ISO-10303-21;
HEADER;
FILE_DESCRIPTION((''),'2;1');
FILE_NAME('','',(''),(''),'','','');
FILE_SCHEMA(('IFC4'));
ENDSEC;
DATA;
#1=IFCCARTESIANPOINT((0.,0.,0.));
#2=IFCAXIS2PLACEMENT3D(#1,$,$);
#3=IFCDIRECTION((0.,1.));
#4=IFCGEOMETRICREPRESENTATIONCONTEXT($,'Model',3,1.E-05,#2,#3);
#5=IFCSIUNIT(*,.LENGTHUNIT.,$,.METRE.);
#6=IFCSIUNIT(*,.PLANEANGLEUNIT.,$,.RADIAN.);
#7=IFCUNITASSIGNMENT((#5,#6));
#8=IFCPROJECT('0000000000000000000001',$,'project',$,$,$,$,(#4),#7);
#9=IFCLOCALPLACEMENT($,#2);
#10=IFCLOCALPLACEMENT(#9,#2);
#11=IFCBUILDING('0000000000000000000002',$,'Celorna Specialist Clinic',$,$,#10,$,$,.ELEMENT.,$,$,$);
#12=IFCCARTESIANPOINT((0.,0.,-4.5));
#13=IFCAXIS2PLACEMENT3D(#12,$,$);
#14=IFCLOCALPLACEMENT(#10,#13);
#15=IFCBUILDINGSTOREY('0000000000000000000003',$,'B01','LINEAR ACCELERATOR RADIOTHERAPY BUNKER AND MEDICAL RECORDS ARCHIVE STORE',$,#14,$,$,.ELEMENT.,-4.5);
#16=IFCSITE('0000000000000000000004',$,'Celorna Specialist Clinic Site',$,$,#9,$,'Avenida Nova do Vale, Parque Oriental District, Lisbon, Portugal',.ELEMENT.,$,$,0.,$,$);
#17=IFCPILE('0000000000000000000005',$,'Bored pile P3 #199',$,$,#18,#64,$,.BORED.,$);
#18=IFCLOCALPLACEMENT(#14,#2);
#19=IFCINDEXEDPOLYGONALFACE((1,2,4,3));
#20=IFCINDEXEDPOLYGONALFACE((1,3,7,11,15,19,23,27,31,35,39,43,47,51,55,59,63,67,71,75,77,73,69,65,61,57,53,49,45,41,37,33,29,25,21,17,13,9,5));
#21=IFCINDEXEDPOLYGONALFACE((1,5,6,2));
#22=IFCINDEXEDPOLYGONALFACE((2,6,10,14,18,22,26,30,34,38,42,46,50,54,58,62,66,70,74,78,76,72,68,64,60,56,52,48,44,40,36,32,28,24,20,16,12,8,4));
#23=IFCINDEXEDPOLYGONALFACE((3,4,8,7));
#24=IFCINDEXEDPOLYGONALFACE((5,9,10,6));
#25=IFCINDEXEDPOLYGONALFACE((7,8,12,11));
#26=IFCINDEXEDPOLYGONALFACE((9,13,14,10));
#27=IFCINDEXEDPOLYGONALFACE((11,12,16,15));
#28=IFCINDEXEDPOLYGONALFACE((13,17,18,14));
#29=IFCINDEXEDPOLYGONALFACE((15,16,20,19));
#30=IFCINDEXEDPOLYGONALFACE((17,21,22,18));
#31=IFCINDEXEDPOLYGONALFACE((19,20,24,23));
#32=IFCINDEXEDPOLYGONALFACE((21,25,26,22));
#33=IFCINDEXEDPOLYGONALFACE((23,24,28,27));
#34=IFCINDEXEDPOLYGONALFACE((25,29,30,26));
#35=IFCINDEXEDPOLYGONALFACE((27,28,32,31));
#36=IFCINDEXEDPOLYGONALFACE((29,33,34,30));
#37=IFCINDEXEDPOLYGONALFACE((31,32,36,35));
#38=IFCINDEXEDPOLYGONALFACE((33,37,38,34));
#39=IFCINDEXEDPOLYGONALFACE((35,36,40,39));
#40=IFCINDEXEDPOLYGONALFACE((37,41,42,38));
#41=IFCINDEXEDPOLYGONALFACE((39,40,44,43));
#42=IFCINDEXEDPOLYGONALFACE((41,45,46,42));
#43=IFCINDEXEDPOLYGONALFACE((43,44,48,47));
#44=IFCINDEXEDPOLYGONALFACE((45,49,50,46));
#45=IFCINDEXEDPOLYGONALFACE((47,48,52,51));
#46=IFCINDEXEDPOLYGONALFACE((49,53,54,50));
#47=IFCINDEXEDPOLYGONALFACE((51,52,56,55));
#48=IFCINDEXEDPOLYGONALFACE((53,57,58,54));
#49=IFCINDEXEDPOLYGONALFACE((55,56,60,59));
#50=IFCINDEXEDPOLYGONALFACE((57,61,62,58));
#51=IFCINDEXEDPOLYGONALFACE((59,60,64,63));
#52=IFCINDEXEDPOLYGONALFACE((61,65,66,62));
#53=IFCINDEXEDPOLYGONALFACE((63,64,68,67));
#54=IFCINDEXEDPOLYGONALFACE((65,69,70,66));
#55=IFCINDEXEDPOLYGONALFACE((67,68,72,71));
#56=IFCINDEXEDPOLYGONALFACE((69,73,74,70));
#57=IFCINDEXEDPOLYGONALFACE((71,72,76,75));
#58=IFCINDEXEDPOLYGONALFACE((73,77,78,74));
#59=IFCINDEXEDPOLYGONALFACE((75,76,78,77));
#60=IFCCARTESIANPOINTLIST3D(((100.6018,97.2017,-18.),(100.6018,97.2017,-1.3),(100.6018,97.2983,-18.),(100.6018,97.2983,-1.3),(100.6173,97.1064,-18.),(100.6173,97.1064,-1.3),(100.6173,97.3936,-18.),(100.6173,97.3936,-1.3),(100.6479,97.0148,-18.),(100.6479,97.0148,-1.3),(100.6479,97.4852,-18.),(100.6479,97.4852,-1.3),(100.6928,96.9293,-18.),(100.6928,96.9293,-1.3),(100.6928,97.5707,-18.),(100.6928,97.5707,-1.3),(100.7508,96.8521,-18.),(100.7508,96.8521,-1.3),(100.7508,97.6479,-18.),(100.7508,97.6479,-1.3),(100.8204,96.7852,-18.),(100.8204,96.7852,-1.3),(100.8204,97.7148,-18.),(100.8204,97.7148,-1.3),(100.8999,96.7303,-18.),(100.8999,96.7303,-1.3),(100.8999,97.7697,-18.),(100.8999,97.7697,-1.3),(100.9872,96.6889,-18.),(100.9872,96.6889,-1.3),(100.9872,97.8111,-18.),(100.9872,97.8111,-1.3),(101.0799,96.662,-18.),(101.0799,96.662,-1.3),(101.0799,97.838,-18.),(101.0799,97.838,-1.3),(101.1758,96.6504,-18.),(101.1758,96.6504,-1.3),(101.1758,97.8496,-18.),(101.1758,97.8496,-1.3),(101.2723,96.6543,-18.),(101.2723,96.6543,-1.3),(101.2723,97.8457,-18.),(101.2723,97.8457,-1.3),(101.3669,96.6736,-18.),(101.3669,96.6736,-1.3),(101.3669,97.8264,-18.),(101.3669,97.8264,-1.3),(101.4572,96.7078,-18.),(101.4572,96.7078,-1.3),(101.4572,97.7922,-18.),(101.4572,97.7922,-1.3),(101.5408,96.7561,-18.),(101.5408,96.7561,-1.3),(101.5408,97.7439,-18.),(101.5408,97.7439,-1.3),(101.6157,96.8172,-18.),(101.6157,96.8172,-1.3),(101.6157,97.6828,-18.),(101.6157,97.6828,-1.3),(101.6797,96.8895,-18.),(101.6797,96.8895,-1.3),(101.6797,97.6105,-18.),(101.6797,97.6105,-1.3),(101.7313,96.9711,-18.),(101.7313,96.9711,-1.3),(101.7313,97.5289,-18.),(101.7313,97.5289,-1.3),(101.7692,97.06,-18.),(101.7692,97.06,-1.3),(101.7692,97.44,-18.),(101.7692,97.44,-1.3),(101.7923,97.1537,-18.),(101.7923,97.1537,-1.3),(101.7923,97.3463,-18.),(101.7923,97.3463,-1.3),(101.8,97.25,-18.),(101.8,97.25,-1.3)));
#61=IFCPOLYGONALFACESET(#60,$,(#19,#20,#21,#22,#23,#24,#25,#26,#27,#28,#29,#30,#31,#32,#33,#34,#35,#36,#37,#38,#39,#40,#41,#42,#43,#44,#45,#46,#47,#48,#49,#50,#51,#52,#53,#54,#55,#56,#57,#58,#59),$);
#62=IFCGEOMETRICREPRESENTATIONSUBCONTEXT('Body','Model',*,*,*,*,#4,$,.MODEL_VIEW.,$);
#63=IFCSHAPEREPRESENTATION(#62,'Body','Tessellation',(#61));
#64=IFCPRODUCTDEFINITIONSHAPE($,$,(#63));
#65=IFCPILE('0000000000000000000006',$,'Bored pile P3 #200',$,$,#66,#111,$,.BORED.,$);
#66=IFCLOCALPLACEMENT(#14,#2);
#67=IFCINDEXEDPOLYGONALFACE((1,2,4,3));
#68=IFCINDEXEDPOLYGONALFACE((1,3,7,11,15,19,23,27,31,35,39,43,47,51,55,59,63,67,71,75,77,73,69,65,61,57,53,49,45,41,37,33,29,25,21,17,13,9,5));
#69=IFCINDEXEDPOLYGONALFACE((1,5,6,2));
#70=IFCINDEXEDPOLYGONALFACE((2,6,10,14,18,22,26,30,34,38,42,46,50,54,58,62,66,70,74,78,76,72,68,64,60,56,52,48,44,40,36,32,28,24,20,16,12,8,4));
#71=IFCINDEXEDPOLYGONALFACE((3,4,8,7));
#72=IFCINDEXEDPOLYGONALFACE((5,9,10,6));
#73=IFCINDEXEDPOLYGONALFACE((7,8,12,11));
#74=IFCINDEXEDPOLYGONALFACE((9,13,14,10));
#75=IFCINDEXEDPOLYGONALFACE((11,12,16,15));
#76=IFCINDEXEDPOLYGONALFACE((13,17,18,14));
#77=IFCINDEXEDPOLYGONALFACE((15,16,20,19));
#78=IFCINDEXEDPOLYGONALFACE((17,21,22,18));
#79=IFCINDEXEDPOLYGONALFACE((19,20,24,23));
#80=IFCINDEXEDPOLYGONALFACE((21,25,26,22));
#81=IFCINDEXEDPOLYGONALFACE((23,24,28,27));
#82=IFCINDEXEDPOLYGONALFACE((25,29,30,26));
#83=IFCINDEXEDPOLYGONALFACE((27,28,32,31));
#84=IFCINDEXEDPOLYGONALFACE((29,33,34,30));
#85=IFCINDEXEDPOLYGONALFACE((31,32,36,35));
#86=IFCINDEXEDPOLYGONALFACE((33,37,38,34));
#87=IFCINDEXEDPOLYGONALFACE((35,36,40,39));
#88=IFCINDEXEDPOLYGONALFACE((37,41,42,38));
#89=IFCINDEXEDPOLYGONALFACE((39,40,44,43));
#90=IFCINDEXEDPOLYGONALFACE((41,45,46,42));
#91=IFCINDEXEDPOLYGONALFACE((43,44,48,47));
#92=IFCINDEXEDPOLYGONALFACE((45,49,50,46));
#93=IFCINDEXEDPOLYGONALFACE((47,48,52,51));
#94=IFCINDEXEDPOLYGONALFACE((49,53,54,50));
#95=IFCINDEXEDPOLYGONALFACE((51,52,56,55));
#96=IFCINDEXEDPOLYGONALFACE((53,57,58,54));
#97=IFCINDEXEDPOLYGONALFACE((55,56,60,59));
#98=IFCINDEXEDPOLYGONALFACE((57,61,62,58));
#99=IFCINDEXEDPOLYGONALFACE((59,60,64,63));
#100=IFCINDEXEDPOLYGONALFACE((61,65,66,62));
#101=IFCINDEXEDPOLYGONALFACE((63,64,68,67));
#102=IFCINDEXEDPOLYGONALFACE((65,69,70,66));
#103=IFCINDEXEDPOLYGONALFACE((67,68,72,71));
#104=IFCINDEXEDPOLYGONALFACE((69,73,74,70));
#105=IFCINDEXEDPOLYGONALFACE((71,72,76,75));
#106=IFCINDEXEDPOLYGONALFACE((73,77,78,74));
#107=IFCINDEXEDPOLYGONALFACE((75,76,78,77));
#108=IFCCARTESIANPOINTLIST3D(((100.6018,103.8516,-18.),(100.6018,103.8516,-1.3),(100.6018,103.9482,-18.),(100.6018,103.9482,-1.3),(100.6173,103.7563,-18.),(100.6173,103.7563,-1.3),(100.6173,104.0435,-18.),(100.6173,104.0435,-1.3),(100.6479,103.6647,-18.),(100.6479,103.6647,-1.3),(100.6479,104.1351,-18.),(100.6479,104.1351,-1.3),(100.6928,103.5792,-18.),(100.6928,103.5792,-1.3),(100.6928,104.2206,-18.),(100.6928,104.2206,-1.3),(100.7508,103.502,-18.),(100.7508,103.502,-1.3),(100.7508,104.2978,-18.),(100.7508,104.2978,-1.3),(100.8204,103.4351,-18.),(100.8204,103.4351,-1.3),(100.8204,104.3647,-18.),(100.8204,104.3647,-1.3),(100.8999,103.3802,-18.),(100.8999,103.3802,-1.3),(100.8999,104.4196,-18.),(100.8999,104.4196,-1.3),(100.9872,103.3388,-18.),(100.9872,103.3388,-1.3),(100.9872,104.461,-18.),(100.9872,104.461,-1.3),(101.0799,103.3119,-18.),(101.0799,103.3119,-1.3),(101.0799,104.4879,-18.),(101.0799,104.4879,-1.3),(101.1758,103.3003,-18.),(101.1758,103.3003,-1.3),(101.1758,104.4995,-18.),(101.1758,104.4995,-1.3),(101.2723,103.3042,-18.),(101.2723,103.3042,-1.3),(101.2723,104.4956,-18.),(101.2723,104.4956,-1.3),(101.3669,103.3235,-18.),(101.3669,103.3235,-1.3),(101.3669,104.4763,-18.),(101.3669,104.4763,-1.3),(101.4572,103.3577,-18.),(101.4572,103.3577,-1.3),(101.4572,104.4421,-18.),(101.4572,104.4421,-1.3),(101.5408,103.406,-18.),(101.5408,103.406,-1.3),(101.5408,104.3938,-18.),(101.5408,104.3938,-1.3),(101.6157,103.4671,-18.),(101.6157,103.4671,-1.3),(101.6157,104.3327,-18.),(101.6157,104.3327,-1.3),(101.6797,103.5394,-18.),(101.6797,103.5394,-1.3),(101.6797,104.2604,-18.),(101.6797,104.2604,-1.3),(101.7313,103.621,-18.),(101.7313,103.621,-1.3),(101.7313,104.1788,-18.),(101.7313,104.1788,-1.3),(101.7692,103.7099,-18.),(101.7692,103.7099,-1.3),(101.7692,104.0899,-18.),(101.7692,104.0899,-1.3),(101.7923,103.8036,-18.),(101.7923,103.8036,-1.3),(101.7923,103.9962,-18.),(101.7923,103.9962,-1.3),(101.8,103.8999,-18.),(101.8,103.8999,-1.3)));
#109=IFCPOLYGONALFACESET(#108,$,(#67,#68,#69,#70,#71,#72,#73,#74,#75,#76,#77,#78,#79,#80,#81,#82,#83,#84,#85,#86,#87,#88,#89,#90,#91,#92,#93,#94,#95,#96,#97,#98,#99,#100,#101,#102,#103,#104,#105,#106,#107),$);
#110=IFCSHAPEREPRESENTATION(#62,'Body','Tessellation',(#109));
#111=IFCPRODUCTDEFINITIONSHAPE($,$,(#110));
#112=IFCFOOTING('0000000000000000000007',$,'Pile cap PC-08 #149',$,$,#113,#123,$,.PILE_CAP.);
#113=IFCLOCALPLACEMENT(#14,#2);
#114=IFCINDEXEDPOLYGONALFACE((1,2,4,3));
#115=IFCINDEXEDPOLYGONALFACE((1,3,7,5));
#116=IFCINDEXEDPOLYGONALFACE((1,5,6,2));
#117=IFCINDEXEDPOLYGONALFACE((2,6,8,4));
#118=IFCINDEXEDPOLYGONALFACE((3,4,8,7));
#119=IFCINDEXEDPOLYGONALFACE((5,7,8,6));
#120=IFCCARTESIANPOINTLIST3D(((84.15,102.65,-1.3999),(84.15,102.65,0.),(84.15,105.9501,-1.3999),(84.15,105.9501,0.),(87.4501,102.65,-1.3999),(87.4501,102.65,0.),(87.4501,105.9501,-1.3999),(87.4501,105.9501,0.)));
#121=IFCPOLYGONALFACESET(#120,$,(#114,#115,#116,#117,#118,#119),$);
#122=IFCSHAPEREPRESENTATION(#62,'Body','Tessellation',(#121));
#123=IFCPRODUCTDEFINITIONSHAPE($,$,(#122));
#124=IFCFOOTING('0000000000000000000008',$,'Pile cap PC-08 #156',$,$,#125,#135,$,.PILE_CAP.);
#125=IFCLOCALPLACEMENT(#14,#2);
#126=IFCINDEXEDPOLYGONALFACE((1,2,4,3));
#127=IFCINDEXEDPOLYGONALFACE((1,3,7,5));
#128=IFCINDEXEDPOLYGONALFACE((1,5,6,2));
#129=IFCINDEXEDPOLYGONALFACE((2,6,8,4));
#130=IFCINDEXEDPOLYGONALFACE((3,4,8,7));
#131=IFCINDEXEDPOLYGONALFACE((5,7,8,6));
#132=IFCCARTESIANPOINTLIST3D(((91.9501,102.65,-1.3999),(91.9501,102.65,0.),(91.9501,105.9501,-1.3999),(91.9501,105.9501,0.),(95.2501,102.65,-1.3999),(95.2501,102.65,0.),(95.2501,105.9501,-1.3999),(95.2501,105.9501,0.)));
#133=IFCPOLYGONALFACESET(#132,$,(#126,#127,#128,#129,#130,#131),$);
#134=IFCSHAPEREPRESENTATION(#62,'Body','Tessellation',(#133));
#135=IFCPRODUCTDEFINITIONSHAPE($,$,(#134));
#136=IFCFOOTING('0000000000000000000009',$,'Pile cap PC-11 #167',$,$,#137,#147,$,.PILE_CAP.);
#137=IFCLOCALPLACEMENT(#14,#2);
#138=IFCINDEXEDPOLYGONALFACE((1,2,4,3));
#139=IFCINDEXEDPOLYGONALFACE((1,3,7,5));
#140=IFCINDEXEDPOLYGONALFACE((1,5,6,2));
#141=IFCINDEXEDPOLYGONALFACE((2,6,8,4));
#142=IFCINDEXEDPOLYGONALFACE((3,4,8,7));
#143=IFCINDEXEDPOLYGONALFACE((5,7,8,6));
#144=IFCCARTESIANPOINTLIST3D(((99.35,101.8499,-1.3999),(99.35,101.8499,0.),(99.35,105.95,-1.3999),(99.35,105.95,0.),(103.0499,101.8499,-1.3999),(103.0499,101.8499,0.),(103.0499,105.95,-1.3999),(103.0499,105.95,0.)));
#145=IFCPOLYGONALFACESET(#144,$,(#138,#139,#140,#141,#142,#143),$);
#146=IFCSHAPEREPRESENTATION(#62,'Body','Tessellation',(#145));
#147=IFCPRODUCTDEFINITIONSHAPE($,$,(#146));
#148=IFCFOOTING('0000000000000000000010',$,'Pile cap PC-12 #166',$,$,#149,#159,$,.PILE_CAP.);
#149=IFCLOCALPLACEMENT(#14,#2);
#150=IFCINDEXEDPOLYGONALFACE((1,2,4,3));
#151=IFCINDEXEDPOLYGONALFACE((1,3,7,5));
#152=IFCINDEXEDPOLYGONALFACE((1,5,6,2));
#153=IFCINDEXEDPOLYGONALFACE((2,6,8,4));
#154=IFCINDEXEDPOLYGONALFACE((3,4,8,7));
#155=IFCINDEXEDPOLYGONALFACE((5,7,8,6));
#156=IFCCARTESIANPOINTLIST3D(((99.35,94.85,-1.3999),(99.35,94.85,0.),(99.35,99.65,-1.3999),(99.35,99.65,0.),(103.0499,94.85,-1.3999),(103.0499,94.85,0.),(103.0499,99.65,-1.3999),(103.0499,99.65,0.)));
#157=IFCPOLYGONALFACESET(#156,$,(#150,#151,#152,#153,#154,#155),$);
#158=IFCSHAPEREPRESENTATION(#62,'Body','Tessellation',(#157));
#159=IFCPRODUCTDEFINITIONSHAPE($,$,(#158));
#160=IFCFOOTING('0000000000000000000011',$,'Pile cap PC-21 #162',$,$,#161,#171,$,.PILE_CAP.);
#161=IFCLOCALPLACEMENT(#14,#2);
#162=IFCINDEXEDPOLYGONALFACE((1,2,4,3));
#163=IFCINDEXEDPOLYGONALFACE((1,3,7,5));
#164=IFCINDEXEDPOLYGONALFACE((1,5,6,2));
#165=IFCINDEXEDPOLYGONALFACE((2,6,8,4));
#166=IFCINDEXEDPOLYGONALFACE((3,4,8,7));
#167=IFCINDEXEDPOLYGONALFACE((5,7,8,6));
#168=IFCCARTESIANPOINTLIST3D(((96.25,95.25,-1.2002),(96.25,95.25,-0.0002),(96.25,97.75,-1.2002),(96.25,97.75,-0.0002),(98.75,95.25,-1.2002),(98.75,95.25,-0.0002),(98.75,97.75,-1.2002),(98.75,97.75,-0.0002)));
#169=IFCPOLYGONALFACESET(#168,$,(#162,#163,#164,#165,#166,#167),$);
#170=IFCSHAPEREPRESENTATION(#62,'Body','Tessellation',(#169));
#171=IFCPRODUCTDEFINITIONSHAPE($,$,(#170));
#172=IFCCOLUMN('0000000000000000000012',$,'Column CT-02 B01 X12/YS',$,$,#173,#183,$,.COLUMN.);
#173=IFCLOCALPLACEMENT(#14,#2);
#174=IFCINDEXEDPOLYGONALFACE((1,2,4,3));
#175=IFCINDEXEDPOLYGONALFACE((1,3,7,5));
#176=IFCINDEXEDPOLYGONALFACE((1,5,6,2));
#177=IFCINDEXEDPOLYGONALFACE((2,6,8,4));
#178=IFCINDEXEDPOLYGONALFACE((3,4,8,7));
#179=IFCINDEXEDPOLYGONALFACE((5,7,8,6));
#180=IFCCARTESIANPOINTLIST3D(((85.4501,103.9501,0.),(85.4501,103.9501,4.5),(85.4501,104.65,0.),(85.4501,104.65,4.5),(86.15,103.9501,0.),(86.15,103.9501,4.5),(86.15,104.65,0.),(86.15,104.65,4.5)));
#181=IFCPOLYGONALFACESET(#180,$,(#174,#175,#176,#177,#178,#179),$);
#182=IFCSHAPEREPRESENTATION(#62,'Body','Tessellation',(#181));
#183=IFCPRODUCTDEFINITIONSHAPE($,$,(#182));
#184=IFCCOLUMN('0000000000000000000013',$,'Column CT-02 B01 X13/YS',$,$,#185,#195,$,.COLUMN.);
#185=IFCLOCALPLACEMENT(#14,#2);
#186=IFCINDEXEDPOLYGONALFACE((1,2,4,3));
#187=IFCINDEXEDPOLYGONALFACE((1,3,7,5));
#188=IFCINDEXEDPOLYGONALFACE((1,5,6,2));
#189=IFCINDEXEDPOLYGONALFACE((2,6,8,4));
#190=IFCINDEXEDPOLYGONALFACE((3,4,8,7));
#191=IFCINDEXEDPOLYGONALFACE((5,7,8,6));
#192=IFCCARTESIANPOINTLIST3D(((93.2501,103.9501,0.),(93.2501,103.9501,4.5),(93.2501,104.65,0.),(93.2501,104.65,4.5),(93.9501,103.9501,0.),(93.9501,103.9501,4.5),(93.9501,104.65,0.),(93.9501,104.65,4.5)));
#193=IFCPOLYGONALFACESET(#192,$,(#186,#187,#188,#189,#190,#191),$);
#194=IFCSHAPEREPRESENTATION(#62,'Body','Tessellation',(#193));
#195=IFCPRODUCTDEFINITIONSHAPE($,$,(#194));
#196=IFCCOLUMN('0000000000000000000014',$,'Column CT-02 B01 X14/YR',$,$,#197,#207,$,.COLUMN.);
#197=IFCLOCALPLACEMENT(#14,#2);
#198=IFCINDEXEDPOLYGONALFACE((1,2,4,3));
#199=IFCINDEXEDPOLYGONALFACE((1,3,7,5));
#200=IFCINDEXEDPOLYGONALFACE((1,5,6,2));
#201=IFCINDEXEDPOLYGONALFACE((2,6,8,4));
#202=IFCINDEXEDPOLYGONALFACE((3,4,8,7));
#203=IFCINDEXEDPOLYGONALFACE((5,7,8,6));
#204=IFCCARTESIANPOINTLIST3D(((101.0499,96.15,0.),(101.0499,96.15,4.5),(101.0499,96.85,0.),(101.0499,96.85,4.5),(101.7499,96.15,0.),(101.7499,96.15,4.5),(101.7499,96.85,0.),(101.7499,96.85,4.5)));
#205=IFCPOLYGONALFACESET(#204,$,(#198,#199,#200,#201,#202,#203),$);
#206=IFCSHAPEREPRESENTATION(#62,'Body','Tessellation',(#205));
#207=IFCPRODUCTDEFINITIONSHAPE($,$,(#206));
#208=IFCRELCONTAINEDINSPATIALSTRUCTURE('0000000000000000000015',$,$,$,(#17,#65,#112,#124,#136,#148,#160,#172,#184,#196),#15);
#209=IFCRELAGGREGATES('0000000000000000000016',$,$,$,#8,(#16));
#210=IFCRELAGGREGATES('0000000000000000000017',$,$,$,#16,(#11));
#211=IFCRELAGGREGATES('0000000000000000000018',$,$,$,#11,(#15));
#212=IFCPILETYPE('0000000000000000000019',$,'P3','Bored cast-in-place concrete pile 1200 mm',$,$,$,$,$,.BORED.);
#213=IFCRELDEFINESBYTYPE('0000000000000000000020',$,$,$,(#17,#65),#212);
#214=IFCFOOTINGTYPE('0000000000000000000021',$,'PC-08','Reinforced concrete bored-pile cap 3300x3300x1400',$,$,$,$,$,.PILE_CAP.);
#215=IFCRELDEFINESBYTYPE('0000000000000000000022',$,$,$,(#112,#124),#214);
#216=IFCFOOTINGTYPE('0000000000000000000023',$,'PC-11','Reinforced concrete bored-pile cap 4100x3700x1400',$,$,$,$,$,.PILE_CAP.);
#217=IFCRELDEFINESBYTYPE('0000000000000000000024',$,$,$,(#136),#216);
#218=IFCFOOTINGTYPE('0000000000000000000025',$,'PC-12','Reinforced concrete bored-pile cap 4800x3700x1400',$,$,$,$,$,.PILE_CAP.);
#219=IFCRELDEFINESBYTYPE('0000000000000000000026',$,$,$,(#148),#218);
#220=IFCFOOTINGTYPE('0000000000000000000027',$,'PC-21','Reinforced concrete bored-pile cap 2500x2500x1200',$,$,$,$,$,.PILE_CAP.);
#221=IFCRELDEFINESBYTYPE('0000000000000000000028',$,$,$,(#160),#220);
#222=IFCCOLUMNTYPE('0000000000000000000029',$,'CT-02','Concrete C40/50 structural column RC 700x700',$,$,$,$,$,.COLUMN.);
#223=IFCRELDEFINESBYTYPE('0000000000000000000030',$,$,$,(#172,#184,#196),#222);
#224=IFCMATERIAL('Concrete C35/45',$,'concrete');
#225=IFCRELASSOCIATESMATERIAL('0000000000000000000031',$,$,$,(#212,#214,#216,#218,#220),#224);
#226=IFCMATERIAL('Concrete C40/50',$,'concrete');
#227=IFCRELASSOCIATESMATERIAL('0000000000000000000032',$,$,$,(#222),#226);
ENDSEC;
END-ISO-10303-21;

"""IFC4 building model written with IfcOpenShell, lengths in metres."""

from ifc_helpers import new_model, si_unit, direction, frame, origin, origin_2d, place, context, subcontext, project, spatial, rectangle, circle, extrude, material, material_profile, profile_set, type_object, element, save


model = new_model("IFC4")

# Units and contexts
model_context = context("Model", 3, precision=1e-05, world=origin(), true_north=direction((0.0, 1.0)))
body_context = subcontext(model_context, "Body", "Model", "MODEL_VIEW")
ifc_project = project(units=[si_unit("LENGTHUNIT", "METRE"), si_unit("PLANEANGLEUNIT", "RADIAN")], contexts=[model_context])

# Site, building, storey
site_placement = place(None, origin())
site = spatial("IfcSite", under=ifc_project, at=site_placement, Name="Celorna Specialist Clinic Site", LongName="Avenida Nova do Vale, Parque Oriental District, Lisbon, Portugal", CompositionType="ELEMENT", RefElevation=0.0)
building_placement = place(site_placement, origin())
building = spatial("IfcBuilding", under=site, at=building_placement, Name="Celorna Specialist Clinic", CompositionType="ELEMENT")
storey_placement = place(building_placement, frame((0.0, 0.0, -4.5)))
storey = spatial("IfcBuildingStorey", under=building, at=storey_placement, Name="B01", Description="LINEAR ACCELERATOR RADIOTHERAPY BUNKER AND MEDICAL RECORDS ARCHIVE STORE", CompositionType="ELEMENT", Elevation=-4.5)

# Shared definitions
ifc_material_1 = material(Name="Concrete C35/45", Category="concrete")

# Piles
ifc_material_profile_1 = material_profile(ifc_material_1, circle(Radius=0.6001, at=origin_2d()), Name="BORED PILE 1200")
ifc_profile_set_1 = profile_set([ifc_material_profile_1], Name="Concrete C35/45")
pile_type_1 = type_object("IfcPileType", Name="P3", Description="Bored cast-in-place concrete pile 1200 mm", PredefinedType="BORED", material=ifc_profile_set_1)
for number, where, z_axis, x_axis, name in (
    (1, (101.2, 97.25, -1.3), (0.0, 0.0, -1.0), (1.0, 0.0, 0.0), "Bored pile P3 #199"),
    (2, (101.2, 103.8999, -1.3), (0.0, 0.0, -1.0), (1.0, 0.0, 0.0), "Bored pile P3 #200"),
):
    element("IfcPile", number, at=place(storey_placement, frame(where, z_axis=z_axis, x_axis=x_axis)), inside=storey, type_object=pile_type_1, Name=name, PredefinedType="BORED", context=body_context, shape_type="SweptSolid", body=[
        extrude(circle(Radius=0.6001, at=origin_2d()), origin(), (0.0, 0.0, 1.0), 16.7),
    ])

# Footings
footing_type_1 = type_object("IfcFootingType", Name="PC-08", Description="Reinforced concrete bored-pile cap 3300x3300x1400", PredefinedType="PILE_CAP", material=ifc_material_1)
for number, where, z_axis, x_axis, name in (
    (3, (85.8, 104.3, -1.3999), (0.0, 0.0, 1.0), (1.0, 0.0, 0.0), "Pile cap PC-08 #149"),
    (4, (93.6001, 104.3, -1.3999), (0.0, 0.0, 1.0), (1.0, 0.0, 0.0), "Pile cap PC-08 #156"),
):
    element("IfcFooting", number, at=place(storey_placement, frame(where, z_axis=z_axis, x_axis=x_axis)), inside=storey, type_object=footing_type_1, Name=name, PredefinedType="PILE_CAP", context=body_context, shape_type="SweptSolid", body=[
        extrude(rectangle(XDim=3.3, YDim=3.3, at=origin_2d()), origin(), (0.0, 0.0, 1.0), 1.3999),
    ])
footing_type_2 = type_object("IfcFootingType", Name="PC-11", Description="Reinforced concrete bored-pile cap 4100x3700x1400", PredefinedType="PILE_CAP", material=ifc_material_1)
footing_1_placement = place(storey_placement, frame((101.2, 103.8999, -1.3999), z_axis=(0.0, 0.0, 1.0), x_axis=(1.0, 0.0, 0.0)))
element("IfcFooting", 5, at=footing_1_placement, inside=storey, type_object=footing_type_2, Name="Pile cap PC-11 #167", PredefinedType="PILE_CAP", context=body_context, shape_type="SweptSolid", body=[
    extrude(rectangle(XDim=3.7, YDim=4.1001, at=origin_2d()), origin(), (0.0, 0.0, 1.0), 1.3999),
])
footing_type_3 = type_object("IfcFootingType", Name="PC-12", Description="Reinforced concrete bored-pile cap 4800x3700x1400", PredefinedType="PILE_CAP", material=ifc_material_1)
footing_2_placement = place(storey_placement, frame((101.2, 97.25, -1.3999), z_axis=(0.0, 0.0, 1.0), x_axis=(1.0, 0.0, 0.0)))
element("IfcFooting", 6, at=footing_2_placement, inside=storey, type_object=footing_type_3, Name="Pile cap PC-12 #166", PredefinedType="PILE_CAP", context=body_context, shape_type="SweptSolid", body=[
    extrude(rectangle(XDim=3.7, YDim=4.8, at=origin_2d()), origin(), (0.0, 0.0, 1.0), 1.3999),
])
footing_type_4 = type_object("IfcFootingType", Name="PC-21", Description="Reinforced concrete bored-pile cap 2500x2500x1200", PredefinedType="PILE_CAP", material=ifc_material_1)
footing_3_placement = place(storey_placement, frame((97.5, 96.5, -1.2002), z_axis=(0.0, 0.0, 1.0), x_axis=(1.0, 0.0, 0.0)))
element("IfcFooting", 7, at=footing_3_placement, inside=storey, type_object=footing_type_4, Name="Pile cap PC-21 #162", PredefinedType="PILE_CAP", context=body_context, shape_type="SweptSolid", body=[
    extrude(rectangle(XDim=2.5, YDim=2.5, at=origin_2d()), origin(), (0.0, 0.0, 1.0), 1.2),
])

# Columns
ifc_material_2 = material(Name="Concrete C40/50", Category="concrete")
ifc_material_profile_2 = material_profile(ifc_material_2, rectangle(XDim=0.7, YDim=0.7, at=origin_2d()), Name="RC 700x700")
ifc_profile_set_2 = profile_set([ifc_material_profile_2], Name="Concrete C40/50")
column_type_1 = type_object("IfcColumnType", Name="CT-02", Description="Concrete C40/50 structural column RC 700x700", PredefinedType="COLUMN", material=ifc_profile_set_2)
for number, where, z_axis, x_axis, name in (
    (8, (85.8, 104.3, 0.0), (0.0, 0.0, 1.0), (1.0, 0.0, 0.0), "Column CT-02 B01 X12/YS"),
    (9, (93.6001, 104.3, 0.0), (0.0, 0.0, 1.0), (1.0, 0.0, 0.0), "Column CT-02 B01 X13/YS"),
    (10, (101.3999, 96.5, 0.0), (0.0, 0.0, 1.0), (1.0, 0.0, 0.0), "Column CT-02 B01 X14/YR"),
):
    element("IfcColumn", number, at=place(storey_placement, frame(where, z_axis=z_axis, x_axis=x_axis)), inside=storey, type_object=column_type_1, Name=name, PredefinedType="COLUMN", context=body_context, shape_type="SweptSolid", body=[
        extrude(rectangle(XDim=0.7, YDim=0.7, at=origin_2d()), origin(), (0.0, 0.0, 1.0), 4.5),
    ])

save(model, "model.ifc")
